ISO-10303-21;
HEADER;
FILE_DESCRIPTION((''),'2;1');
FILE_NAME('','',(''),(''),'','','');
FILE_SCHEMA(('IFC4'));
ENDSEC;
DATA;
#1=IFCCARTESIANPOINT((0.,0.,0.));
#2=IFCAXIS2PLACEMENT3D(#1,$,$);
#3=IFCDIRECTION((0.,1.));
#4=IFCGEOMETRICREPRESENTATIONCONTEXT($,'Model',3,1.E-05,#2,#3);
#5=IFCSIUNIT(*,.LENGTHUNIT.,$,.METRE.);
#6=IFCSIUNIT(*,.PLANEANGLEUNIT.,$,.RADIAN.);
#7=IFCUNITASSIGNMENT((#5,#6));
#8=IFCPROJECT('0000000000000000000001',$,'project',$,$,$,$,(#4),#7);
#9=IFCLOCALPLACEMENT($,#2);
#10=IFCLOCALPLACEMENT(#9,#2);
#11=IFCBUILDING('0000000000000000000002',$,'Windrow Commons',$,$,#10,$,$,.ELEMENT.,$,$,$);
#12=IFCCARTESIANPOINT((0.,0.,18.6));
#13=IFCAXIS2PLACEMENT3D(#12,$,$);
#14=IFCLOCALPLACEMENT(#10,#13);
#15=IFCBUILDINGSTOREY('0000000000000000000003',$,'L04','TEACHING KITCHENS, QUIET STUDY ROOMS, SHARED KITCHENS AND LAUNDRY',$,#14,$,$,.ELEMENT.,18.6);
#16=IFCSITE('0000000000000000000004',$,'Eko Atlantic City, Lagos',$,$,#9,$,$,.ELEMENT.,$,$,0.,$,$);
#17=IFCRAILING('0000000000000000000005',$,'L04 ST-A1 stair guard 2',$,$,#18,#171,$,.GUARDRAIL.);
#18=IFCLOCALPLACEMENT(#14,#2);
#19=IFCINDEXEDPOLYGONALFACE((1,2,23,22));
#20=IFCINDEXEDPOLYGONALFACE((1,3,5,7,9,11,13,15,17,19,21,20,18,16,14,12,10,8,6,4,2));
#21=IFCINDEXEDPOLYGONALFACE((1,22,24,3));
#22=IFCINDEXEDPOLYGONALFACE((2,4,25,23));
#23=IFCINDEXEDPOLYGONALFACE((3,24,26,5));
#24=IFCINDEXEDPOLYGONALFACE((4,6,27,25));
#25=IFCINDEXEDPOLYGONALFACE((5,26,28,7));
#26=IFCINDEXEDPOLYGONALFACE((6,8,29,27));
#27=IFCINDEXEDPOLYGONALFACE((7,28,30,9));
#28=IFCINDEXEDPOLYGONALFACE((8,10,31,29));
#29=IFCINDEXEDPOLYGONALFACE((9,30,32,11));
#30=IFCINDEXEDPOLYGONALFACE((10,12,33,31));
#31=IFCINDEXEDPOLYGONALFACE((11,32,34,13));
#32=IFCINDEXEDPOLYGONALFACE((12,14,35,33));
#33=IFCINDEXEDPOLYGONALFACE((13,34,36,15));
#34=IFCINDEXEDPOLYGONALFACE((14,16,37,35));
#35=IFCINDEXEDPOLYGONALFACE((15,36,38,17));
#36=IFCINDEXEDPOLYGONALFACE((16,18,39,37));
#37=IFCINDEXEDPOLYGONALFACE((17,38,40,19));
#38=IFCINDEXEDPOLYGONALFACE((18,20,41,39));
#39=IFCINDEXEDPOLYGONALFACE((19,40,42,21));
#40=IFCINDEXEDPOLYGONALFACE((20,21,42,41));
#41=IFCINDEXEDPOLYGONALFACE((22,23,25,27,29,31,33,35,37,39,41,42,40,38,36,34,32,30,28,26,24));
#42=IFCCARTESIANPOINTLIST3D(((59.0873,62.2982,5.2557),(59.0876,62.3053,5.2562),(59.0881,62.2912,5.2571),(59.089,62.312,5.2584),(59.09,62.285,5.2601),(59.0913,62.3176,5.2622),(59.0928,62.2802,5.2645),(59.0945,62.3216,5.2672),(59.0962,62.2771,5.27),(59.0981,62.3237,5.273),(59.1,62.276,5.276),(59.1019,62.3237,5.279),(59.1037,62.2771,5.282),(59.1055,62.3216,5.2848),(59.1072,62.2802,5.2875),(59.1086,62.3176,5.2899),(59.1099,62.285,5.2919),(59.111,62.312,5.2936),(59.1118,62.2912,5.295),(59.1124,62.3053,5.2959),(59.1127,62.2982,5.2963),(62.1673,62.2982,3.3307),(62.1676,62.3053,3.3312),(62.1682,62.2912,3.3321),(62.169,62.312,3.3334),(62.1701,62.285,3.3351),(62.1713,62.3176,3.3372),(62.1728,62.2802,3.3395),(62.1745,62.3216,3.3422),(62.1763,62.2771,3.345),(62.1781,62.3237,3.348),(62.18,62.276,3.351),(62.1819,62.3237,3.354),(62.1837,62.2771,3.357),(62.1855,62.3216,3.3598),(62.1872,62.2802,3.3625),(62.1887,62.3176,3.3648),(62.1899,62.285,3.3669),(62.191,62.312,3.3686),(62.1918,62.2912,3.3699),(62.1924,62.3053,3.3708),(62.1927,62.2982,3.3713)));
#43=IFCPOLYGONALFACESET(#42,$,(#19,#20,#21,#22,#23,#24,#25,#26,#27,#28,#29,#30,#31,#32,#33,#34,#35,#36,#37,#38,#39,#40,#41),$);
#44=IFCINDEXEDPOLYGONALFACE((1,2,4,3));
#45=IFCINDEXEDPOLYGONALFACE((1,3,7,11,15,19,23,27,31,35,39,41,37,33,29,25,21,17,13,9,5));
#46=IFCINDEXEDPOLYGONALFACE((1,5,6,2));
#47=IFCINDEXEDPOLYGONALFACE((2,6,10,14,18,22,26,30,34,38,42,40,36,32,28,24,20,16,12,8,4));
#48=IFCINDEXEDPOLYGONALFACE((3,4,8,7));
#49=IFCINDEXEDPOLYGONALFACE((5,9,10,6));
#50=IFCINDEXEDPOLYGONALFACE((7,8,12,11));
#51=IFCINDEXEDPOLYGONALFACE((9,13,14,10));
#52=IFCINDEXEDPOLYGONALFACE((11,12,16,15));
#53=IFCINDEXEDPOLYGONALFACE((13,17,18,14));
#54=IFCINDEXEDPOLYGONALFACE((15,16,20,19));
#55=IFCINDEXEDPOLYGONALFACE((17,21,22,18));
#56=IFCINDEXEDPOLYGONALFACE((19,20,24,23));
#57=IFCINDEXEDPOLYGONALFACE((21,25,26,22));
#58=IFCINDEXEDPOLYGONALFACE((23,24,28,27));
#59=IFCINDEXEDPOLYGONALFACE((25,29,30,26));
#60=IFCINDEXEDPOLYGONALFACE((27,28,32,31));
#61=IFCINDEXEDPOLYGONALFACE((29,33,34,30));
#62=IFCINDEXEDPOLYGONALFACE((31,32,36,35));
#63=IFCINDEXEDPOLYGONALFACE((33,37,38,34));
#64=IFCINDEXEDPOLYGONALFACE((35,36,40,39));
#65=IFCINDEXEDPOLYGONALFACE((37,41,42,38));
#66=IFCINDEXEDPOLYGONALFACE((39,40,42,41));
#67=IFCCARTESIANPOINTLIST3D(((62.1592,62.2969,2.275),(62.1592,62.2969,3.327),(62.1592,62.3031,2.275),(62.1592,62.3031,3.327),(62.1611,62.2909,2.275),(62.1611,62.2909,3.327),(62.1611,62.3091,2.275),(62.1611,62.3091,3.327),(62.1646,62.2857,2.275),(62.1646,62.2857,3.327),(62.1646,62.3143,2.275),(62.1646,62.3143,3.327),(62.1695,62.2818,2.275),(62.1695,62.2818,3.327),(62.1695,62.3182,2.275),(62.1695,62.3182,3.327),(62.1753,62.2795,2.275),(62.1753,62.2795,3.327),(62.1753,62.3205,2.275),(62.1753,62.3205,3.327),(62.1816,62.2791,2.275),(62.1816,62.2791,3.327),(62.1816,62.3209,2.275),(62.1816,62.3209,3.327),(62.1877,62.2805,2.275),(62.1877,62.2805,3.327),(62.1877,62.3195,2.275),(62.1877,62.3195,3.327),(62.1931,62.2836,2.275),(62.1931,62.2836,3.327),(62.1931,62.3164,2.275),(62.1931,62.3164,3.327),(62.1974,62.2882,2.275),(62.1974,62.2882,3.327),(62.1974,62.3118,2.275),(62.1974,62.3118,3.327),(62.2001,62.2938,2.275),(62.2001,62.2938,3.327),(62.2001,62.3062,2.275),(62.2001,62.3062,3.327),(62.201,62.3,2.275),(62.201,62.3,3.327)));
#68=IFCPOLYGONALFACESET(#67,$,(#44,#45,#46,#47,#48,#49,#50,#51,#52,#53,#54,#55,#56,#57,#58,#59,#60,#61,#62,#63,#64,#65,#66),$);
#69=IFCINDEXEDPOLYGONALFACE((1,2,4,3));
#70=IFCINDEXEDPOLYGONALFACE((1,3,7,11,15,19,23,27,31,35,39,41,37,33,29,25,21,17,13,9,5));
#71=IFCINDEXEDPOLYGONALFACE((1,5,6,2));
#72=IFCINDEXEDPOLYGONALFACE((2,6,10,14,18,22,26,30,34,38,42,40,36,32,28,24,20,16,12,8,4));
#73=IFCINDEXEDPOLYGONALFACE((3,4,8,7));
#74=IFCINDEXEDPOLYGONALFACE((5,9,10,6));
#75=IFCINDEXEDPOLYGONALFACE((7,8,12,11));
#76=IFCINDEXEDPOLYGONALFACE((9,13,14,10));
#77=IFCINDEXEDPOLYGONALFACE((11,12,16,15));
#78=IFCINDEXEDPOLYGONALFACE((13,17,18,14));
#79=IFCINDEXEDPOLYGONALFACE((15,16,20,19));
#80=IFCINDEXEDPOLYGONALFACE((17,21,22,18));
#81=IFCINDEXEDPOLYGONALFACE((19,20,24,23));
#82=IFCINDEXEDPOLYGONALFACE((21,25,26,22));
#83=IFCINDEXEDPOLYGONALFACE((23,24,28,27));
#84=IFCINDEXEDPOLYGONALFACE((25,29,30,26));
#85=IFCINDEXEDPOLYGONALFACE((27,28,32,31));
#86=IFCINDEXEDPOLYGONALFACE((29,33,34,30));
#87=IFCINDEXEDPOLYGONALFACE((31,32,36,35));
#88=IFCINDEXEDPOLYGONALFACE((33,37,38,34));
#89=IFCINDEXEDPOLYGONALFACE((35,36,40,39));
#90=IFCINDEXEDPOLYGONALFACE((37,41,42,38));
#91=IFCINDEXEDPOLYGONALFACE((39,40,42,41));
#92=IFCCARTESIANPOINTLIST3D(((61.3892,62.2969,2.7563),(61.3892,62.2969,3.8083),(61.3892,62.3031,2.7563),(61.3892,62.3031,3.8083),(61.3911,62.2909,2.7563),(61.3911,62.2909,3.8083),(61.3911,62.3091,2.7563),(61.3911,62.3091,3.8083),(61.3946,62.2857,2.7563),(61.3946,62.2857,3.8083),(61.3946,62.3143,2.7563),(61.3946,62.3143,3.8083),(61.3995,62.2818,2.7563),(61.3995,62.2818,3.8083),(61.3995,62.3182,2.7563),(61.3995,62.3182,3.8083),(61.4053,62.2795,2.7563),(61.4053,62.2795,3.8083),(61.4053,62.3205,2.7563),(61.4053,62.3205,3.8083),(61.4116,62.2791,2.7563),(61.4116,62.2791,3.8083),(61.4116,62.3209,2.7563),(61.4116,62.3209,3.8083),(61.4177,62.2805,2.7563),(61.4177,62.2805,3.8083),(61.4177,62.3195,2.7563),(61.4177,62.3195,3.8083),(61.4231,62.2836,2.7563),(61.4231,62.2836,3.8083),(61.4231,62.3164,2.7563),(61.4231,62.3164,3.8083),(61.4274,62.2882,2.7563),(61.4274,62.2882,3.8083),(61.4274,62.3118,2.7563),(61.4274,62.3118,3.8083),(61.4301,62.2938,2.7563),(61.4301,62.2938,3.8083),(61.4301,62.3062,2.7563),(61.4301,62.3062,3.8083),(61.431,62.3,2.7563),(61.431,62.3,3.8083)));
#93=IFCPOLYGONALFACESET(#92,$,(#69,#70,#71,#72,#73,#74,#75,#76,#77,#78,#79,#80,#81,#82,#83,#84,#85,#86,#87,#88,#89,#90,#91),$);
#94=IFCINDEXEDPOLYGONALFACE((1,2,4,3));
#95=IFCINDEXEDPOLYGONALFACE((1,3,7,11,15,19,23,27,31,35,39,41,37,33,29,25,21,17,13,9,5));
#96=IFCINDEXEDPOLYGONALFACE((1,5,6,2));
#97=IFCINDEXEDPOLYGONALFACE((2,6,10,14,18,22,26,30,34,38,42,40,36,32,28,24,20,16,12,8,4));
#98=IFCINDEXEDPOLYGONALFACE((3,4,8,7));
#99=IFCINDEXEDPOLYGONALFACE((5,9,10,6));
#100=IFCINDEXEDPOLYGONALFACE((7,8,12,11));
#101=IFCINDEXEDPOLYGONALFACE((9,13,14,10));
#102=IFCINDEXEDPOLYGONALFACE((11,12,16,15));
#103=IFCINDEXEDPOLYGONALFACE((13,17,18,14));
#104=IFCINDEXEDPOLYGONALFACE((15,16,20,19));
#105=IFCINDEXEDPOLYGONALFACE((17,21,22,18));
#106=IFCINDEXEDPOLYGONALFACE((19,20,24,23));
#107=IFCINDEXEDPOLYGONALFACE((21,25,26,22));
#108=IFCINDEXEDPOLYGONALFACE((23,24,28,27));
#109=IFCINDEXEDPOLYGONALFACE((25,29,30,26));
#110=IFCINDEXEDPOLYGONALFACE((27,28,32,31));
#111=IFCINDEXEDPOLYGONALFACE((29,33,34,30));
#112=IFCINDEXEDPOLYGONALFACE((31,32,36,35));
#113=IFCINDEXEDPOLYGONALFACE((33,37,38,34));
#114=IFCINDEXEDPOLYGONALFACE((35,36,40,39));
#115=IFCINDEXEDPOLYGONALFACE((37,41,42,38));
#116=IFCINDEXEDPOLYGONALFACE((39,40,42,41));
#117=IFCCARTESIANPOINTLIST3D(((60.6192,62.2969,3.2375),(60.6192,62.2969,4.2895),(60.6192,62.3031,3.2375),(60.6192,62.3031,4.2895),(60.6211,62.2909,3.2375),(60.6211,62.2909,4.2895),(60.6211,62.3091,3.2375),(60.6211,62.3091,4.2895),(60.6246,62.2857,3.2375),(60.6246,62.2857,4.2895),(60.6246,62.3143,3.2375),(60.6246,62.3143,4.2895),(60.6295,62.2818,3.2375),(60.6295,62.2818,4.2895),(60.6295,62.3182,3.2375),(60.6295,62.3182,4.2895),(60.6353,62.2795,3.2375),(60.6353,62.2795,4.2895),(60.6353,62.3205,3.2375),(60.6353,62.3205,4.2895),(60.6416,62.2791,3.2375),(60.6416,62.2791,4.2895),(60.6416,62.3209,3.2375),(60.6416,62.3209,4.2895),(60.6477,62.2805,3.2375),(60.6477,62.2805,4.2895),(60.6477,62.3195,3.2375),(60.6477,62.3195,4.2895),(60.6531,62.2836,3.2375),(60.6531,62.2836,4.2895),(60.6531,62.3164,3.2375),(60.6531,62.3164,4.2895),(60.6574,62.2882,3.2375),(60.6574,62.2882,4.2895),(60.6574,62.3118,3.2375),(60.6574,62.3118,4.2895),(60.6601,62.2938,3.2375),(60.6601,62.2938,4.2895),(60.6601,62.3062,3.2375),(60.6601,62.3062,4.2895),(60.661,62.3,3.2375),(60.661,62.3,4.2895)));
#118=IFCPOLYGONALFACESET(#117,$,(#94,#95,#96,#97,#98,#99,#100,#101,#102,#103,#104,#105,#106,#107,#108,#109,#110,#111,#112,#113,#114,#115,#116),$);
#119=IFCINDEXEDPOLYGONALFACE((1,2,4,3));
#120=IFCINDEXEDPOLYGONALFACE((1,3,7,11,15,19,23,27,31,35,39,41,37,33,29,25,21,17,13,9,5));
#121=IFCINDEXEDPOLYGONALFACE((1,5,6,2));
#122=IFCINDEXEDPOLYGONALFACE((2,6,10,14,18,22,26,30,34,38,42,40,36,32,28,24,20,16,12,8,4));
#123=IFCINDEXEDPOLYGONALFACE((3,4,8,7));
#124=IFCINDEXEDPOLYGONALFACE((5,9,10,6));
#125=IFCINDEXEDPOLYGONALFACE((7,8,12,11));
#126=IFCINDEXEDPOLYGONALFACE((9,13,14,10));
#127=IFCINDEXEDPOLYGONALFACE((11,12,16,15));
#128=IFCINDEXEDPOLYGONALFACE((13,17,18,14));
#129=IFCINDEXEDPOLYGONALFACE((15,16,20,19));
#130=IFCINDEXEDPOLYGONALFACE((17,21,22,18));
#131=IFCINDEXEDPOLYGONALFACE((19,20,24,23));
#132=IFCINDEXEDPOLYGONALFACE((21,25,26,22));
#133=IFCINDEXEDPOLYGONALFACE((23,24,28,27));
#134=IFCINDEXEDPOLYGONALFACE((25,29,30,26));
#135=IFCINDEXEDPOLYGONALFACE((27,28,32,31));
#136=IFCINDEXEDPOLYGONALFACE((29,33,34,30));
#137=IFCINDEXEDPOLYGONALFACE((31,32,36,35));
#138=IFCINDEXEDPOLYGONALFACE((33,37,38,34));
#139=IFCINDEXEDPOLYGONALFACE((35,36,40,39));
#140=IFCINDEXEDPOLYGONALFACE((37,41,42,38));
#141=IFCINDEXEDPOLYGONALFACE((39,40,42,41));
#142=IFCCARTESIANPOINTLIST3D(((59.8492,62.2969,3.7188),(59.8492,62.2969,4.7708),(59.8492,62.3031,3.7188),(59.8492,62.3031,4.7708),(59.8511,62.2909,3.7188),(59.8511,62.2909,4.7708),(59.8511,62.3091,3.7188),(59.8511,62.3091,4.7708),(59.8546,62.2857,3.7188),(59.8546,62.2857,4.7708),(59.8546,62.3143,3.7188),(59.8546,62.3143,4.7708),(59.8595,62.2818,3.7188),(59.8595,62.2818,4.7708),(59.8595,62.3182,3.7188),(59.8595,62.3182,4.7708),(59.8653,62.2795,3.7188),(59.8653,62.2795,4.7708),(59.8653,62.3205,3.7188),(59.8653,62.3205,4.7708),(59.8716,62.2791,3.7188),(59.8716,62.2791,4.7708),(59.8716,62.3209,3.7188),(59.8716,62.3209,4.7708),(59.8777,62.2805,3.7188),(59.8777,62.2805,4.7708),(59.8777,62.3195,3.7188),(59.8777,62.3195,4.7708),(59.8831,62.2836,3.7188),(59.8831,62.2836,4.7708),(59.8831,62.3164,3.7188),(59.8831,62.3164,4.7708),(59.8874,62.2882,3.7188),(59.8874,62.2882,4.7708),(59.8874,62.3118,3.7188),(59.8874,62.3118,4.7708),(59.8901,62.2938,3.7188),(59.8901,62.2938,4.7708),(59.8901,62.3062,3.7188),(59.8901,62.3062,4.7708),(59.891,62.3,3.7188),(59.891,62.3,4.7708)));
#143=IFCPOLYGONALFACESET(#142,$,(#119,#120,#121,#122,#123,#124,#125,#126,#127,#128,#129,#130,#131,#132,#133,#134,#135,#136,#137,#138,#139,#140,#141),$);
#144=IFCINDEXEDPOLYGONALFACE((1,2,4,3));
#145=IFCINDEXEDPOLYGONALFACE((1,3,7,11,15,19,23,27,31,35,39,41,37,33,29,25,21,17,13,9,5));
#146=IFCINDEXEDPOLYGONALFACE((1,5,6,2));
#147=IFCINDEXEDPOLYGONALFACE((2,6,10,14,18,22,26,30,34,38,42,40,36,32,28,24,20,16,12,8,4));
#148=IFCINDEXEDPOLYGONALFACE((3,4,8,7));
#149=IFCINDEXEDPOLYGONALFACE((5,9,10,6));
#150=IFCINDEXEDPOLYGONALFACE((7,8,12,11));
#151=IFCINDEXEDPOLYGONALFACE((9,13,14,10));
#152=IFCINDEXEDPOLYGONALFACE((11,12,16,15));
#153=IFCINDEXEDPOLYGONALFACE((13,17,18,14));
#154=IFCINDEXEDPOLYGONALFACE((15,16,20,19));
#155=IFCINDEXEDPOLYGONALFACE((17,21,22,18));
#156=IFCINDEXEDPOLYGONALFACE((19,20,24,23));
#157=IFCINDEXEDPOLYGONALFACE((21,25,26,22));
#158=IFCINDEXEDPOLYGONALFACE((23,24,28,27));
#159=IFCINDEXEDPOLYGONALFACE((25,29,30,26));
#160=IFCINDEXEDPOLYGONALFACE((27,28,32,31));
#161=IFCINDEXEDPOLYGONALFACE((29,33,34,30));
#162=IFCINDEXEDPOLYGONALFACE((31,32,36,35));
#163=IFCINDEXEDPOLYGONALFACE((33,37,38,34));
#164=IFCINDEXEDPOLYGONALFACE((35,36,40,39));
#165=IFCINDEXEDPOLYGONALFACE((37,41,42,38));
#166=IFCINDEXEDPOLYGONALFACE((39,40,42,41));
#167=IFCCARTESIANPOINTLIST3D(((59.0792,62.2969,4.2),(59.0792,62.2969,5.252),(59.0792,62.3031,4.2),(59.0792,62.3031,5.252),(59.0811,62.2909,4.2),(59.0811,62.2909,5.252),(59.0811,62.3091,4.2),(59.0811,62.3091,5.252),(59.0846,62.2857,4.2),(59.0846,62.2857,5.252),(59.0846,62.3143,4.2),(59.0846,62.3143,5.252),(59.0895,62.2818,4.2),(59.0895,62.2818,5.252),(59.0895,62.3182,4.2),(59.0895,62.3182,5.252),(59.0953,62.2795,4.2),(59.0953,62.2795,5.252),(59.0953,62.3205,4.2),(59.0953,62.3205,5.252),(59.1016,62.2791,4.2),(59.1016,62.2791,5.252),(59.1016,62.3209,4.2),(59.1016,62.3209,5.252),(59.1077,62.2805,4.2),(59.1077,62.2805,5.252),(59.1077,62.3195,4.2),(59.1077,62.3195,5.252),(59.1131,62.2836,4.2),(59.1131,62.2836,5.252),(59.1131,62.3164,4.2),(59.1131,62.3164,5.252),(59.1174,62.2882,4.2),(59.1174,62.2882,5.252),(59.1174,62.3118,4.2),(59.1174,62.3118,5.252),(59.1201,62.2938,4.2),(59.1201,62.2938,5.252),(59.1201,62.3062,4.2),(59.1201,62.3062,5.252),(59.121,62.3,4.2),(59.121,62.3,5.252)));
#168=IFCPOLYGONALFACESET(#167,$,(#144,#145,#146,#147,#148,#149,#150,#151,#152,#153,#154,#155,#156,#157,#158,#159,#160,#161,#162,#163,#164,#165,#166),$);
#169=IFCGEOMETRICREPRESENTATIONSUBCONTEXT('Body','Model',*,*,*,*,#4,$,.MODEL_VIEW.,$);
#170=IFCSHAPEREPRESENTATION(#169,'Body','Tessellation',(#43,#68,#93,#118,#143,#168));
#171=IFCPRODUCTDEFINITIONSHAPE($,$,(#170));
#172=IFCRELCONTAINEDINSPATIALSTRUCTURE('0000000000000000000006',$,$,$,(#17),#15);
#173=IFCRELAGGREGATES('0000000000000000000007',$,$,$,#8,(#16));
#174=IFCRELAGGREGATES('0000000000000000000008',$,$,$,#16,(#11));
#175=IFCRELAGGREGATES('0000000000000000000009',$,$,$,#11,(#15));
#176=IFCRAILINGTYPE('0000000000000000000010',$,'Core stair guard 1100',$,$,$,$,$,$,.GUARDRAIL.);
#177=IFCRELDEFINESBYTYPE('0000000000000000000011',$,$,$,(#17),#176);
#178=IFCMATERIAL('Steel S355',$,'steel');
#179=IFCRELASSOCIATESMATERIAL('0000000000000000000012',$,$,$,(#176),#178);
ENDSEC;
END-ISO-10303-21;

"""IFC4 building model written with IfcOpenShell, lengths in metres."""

from ifc_helpers import new_model, si_unit, direction, frame, origin, origin_2d, place, context, subcontext, project, spatial, circle, extrude, material, type_object, element, save


model = new_model("IFC4")

# Units and contexts
model_context = context("Model", 3, precision=1e-05, world=origin(), true_north=direction((0.0, 1.0)))
body_context = subcontext(model_context, "Body", "Model", "MODEL_VIEW")
ifc_project = project(units=[si_unit("LENGTHUNIT", "METRE"), si_unit("PLANEANGLEUNIT", "RADIAN")], contexts=[model_context])

# Site, building, storey
site_placement = place(None, origin())
site = spatial("IfcSite", under=ifc_project, at=site_placement, Name="Eko Atlantic City, Lagos", CompositionType="ELEMENT", RefElevation=0.0)
building_placement = place(site_placement, origin())
building = spatial("IfcBuilding", under=site, at=building_placement, Name="Windrow Commons", CompositionType="ELEMENT")
storey_placement = place(building_placement, frame((0.0, 0.0, 18.6)))
storey = spatial("IfcBuildingStorey", under=building, at=storey_placement, Name="L04", Description="TEACHING KITCHENS, QUIET STUDY ROOMS, SHARED KITCHENS AND LAUNDRY", CompositionType="ELEMENT", Elevation=18.6)

# Railing
ifc_material_1 = material(Name="Steel S355", Category="steel")
railing_type_1 = type_object("IfcRailingType", Name="Core stair guard 1100", PredefinedType="GUARDRAIL", material=ifc_material_1)
railing_1_placement = place(storey_placement, frame((62.18, 62.3, 2.275)))
element("IfcRailing", 1, at=railing_1_placement, inside=storey, type_object=railing_type_1, Name="L04 ST-A1 stair guard 2", PredefinedType="GUARDRAIL", context=body_context, shape_type="SweptSolid", body=[
    extrude(circle(Radius=0.024, at=origin_2d()), frame((0.0, 0.0, 1.076), z_axis=(-0.847998, 0.0, 0.529999), x_axis=(0.0, -1.0, 0.0)), (0.0, 0.0, 1.0), 3.6321),
    extrude(circle(Radius=0.021, at=origin_2d()), origin(), (0.0, 0.0, 1.0), 1.052),
    extrude(circle(Radius=0.021, at=origin_2d()), frame((-0.77, 0.0, 0.4813)), (0.0, 0.0, 1.0), 1.052),
    extrude(circle(Radius=0.021, at=origin_2d()), frame((-1.54, 0.0, 0.9625)), (0.0, 0.0, 1.0), 1.052),
    extrude(circle(Radius=0.021, at=origin_2d()), frame((-2.31, 0.0, 1.4438)), (0.0, 0.0, 1.0), 1.052),
    extrude(circle(Radius=0.021, at=origin_2d()), frame((-3.08, 0.0, 1.925)), (0.0, 0.0, 1.0), 1.052),
])

save(model, "model.ifc")
